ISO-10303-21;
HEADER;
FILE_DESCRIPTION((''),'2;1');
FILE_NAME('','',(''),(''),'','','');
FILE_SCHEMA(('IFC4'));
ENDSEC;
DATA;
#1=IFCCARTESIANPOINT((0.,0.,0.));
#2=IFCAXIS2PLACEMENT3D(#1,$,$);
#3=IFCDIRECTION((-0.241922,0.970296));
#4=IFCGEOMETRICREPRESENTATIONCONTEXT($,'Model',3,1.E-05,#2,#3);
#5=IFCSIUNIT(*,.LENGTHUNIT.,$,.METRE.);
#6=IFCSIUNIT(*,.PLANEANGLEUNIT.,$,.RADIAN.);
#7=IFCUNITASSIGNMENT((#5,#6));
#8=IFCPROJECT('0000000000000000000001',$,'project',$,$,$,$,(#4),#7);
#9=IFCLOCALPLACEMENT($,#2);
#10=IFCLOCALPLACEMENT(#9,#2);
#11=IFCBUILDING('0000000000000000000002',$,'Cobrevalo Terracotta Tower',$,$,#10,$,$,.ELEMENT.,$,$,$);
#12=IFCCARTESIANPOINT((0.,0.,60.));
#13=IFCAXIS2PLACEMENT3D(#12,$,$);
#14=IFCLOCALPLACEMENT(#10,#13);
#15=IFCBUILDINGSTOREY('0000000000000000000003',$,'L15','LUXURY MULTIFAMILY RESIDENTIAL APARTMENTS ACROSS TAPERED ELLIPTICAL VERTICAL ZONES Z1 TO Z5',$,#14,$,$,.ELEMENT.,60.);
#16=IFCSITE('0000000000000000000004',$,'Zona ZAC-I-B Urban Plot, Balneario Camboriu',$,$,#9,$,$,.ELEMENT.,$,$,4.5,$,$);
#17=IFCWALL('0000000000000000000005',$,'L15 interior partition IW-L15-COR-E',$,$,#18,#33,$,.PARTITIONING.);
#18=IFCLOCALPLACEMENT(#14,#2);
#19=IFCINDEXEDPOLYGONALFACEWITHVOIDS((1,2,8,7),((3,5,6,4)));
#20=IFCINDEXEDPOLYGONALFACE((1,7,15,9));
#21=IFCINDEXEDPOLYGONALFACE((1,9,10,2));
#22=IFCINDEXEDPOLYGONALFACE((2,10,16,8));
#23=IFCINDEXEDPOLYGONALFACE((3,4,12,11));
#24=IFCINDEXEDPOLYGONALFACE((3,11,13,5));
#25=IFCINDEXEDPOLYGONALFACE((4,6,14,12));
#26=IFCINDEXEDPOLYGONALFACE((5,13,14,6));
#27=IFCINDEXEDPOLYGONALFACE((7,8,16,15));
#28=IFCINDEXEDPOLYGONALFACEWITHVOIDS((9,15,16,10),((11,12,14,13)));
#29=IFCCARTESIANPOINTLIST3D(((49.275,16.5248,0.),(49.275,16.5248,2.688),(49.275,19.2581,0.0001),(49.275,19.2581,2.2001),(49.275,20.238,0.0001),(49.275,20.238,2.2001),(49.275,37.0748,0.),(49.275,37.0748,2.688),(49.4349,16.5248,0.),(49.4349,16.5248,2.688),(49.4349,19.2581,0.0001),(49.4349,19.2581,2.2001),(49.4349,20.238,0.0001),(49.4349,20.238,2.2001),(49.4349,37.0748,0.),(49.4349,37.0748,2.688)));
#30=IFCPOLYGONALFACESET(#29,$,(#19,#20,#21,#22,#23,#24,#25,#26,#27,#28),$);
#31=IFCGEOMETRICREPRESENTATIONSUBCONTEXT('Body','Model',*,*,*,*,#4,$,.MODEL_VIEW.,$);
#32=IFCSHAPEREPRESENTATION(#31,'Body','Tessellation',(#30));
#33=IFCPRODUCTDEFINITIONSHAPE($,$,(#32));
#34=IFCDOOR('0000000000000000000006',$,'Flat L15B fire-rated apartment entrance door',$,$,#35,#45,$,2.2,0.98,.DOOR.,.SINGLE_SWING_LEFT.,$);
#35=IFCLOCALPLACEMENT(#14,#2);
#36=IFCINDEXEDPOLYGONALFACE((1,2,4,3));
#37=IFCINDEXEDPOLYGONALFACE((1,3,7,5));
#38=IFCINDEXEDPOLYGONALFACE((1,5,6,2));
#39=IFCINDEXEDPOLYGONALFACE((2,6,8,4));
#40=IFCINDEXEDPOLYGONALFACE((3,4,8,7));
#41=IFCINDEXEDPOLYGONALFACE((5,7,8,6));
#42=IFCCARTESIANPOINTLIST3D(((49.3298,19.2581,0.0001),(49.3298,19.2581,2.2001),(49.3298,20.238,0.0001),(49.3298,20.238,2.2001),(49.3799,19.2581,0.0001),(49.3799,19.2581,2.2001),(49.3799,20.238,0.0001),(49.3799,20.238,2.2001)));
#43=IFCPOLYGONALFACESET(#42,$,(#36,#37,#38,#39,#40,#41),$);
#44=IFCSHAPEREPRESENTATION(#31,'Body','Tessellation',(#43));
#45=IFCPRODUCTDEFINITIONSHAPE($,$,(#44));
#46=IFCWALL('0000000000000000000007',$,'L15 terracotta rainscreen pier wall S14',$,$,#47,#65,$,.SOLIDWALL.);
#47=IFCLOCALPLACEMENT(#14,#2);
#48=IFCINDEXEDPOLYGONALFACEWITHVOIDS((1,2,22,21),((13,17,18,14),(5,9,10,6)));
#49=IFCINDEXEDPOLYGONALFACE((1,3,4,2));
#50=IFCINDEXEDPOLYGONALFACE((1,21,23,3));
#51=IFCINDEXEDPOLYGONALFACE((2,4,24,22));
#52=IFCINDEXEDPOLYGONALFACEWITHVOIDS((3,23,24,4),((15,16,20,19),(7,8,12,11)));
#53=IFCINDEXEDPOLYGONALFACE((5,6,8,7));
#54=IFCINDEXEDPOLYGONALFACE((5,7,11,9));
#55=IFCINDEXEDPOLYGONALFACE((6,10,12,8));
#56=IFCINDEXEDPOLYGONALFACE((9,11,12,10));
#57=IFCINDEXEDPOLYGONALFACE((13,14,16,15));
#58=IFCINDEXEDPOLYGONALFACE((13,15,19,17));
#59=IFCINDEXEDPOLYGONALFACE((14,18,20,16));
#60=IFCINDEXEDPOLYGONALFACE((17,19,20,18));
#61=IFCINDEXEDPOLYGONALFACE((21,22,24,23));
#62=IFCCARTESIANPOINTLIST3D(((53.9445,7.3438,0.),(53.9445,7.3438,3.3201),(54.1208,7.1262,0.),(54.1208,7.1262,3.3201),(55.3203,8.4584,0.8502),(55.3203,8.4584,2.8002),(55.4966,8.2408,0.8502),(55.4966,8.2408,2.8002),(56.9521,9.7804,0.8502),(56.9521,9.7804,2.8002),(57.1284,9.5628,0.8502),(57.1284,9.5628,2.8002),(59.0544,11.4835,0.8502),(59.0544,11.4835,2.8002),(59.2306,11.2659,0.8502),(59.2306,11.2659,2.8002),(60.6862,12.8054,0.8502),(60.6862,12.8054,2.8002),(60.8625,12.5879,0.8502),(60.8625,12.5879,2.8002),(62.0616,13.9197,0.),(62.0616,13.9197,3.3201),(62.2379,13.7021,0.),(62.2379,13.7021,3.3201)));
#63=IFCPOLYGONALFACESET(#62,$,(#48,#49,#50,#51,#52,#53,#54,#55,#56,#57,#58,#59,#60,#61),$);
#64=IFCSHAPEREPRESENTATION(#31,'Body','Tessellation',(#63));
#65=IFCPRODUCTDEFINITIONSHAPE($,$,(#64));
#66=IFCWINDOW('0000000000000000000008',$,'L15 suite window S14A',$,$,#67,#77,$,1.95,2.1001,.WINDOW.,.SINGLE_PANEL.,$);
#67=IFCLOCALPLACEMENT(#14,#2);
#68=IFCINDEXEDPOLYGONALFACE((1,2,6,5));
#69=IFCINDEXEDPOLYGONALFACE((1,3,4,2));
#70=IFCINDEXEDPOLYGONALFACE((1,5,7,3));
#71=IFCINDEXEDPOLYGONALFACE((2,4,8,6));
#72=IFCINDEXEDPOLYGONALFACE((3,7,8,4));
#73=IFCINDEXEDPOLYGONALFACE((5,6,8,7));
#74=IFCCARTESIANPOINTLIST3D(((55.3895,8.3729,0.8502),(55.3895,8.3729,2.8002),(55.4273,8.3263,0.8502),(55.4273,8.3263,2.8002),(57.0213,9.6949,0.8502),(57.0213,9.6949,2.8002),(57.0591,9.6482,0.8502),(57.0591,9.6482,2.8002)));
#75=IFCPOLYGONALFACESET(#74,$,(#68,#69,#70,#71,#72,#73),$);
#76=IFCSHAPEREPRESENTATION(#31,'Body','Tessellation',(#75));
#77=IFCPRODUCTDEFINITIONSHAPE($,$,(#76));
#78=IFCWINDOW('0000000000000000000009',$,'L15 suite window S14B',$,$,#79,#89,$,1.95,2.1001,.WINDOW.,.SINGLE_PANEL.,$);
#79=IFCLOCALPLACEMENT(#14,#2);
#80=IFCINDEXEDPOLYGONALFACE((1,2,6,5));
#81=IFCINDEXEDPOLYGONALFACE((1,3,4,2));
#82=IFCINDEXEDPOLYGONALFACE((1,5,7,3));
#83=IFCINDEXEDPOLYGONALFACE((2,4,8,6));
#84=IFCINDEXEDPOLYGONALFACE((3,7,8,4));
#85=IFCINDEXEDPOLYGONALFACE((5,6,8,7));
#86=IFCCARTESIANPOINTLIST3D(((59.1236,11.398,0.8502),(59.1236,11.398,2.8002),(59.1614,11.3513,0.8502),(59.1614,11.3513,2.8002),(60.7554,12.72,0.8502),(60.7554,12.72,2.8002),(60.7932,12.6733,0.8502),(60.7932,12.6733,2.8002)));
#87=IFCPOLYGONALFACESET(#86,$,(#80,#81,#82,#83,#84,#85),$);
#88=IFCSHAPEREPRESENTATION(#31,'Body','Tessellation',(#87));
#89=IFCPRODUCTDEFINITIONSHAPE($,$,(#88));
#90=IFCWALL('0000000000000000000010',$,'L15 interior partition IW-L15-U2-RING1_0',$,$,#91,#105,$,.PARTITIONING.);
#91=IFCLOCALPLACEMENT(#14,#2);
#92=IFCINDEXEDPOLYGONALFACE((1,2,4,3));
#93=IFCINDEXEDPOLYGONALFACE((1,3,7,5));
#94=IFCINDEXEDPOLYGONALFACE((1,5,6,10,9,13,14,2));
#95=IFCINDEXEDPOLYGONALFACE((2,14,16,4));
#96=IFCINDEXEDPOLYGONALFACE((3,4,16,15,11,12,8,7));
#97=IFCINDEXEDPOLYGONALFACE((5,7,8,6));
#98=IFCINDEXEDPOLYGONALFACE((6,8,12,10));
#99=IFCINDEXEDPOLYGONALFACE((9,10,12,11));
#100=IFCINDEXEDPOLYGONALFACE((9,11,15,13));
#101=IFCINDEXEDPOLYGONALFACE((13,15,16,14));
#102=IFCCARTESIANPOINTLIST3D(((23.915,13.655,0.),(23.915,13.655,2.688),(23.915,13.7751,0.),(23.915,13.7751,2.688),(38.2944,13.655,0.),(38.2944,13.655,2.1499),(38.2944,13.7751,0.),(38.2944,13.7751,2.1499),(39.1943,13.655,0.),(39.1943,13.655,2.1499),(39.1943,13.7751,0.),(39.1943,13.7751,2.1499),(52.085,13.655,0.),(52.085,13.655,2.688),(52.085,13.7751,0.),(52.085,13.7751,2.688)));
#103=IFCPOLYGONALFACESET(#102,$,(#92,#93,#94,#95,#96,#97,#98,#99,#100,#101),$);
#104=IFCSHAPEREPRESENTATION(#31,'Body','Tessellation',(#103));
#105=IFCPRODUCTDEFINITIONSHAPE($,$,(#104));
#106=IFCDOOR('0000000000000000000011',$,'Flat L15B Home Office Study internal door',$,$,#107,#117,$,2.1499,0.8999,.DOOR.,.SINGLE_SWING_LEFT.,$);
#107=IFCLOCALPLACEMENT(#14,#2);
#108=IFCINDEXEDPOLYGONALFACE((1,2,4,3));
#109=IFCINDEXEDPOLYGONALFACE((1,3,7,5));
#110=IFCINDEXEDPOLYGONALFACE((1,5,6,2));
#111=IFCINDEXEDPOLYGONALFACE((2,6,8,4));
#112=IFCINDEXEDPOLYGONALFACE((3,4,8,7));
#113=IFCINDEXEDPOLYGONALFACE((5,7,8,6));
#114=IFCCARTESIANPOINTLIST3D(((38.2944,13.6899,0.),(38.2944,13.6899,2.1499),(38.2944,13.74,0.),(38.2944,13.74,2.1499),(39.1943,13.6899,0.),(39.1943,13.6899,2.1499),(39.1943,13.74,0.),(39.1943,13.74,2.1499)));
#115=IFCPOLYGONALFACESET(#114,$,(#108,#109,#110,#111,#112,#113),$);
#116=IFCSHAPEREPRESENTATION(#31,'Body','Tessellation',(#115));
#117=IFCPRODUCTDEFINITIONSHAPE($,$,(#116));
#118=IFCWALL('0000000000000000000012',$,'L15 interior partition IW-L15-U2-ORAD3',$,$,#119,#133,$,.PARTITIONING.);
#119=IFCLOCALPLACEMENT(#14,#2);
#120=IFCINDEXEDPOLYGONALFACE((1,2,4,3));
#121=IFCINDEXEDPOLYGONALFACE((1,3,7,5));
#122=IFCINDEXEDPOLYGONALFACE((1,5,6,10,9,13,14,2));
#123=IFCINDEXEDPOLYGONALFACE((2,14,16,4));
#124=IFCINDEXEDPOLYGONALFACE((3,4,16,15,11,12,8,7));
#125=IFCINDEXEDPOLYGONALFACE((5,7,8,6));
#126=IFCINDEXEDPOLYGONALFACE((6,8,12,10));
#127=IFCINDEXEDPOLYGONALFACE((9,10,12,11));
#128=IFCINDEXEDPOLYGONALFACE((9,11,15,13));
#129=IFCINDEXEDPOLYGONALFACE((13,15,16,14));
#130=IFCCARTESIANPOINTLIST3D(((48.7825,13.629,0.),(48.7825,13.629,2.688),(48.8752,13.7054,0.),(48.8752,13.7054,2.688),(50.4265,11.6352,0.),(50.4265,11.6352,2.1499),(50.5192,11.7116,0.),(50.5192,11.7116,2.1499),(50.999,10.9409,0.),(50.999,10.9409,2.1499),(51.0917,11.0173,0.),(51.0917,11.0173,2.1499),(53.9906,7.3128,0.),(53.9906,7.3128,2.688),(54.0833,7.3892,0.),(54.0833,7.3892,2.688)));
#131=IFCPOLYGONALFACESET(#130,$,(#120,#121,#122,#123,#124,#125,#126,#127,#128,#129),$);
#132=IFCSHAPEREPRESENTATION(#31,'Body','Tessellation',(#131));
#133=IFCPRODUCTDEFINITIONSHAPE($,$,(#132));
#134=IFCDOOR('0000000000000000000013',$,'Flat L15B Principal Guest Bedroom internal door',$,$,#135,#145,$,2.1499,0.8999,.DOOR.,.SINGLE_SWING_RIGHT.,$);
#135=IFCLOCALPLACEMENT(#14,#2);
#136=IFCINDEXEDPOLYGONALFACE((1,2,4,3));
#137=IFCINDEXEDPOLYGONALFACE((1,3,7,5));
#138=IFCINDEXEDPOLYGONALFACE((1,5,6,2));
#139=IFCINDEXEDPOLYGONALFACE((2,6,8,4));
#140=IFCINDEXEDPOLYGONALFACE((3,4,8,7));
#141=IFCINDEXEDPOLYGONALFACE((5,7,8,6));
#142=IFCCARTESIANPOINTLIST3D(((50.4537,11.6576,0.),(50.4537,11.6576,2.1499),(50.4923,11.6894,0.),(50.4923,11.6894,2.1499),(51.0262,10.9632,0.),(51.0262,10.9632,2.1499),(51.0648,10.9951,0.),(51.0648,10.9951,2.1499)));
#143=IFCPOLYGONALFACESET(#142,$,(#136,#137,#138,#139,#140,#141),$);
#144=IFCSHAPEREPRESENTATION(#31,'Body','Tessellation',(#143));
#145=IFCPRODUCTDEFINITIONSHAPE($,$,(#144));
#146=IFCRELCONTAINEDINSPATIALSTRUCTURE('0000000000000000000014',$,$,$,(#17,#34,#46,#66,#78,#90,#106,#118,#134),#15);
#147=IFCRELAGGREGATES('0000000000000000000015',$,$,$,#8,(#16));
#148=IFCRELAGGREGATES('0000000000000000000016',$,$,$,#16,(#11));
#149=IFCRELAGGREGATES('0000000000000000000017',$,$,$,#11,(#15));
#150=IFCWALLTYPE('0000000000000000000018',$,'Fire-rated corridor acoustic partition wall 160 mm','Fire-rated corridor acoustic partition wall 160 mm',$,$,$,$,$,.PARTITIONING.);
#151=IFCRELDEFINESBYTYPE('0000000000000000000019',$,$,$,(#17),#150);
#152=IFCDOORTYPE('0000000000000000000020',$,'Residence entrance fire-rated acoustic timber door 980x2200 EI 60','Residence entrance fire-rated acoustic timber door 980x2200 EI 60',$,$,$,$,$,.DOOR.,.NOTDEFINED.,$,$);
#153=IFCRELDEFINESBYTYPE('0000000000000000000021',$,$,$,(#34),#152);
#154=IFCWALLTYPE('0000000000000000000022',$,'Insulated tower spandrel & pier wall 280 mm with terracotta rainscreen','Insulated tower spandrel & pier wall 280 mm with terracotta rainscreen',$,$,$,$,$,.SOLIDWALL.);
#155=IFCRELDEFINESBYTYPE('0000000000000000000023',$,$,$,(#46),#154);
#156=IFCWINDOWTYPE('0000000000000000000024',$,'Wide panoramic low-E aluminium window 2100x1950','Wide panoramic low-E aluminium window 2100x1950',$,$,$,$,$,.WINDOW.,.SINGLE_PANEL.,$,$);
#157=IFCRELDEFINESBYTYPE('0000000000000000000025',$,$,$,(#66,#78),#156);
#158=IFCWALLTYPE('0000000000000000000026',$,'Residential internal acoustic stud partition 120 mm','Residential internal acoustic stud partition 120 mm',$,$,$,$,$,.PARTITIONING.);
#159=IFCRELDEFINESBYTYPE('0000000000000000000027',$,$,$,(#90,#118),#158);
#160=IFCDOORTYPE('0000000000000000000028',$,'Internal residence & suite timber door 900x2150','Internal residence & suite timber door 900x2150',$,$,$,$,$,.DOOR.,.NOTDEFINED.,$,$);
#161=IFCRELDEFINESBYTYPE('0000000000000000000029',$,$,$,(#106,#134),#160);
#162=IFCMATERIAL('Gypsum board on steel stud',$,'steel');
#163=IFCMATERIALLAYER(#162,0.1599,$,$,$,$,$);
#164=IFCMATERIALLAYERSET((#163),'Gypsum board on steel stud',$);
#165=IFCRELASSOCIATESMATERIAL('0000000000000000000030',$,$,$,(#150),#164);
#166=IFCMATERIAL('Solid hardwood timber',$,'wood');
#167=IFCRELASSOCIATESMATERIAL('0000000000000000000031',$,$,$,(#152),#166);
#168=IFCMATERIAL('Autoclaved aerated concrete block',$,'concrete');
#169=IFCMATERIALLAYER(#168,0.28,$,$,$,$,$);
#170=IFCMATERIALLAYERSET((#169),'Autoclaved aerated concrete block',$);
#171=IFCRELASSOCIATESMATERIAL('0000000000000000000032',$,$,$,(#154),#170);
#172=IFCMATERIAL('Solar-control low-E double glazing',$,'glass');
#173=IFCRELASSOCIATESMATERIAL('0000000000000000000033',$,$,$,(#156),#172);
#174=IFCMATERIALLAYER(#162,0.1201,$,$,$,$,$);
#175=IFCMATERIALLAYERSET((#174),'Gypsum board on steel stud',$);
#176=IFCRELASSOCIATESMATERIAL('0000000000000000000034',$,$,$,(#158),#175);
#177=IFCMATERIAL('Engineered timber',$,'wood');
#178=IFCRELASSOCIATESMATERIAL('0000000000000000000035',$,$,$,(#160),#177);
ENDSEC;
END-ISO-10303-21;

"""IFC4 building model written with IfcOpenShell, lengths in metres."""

from ifc_helpers import new_model, si_unit, direction, frame, frame_2d, origin, place, context, subcontext, project, spatial, rectangle, extrude, source, transform, mapped, material, layer, layer_set, type_object, element, fill, save


model = new_model("IFC4")

# Units and contexts
model_context = context("Model", 3, precision=1e-05, world=origin(), true_north=direction((-0.241922, 0.970296)))
body_context = subcontext(model_context, "Body", "Model", "MODEL_VIEW")
ifc_project = project(units=[si_unit("LENGTHUNIT", "METRE"), si_unit("PLANEANGLEUNIT", "RADIAN")], contexts=[model_context])

# Site, building, storey
site_placement = place(None, origin())
site = spatial("IfcSite", under=ifc_project, at=site_placement, Name="Zona ZAC-I-B Urban Plot, Balneario Camboriu", CompositionType="ELEMENT", RefElevation=4.5)
building_placement = place(site_placement, origin())
building = spatial("IfcBuilding", under=site, at=building_placement, Name="Cobrevalo Terracotta Tower", CompositionType="ELEMENT")
storey_placement = place(building_placement, frame((0.0, 0.0, 60.0)))
storey = spatial("IfcBuildingStorey", under=building, at=storey_placement, Name="L15", Description="LUXURY MULTIFAMILY RESIDENTIAL APARTMENTS ACROSS TAPERED ELLIPTICAL VERTICAL ZONES Z1 TO Z5", CompositionType="ELEMENT", Elevation=60.0)

# Shared definitions
ifc_material_1 = material(Name="Solar-control low-E double glazing", Category="glass")

# Wall, opening, door
ifc_material_2 = material(Name="Gypsum board on steel stud", Category="steel")
ifc_layer_1 = layer(ifc_material_2, 0.1599)
ifc_layer_set_1 = layer_set([ifc_layer_1], Name="Gypsum board on steel stud")
wall_type_1 = type_object("IfcWallType", Name="Fire-rated corridor acoustic partition wall 160 mm", Description="Fire-rated corridor acoustic partition wall 160 mm", PredefinedType="PARTITIONING", material=ifc_layer_set_1)
wall_1_placement = place(storey_placement, frame((49.355, 16.5249, 0.0), z_axis=(0.0, 0.0, 1.0), x_axis=(0.0, 1.0, 0.0)))
wall_1 = element("IfcWall", 1, at=wall_1_placement, inside=storey, type_object=wall_type_1, Name="L15 interior partition IW-L15-COR-E", PredefinedType="PARTITIONING", context=body_context, shape_type="SweptSolid", body=[
    extrude(rectangle(XDim=20.55, YDim=0.1599, at=frame_2d((10.2749, 0.0))), origin(), (0.0, 0.0, 1.0), 2.688),
])
opening_1_placement = place(wall_1_placement, frame((2.7332, 0.0, 0.0)))
opening_1 = element("IfcOpeningElement", 2, at=opening_1_placement, cuts=wall_1, PredefinedType="OPENING", context=body_context, shape_type="SweptSolid", body=[
    extrude(rectangle(XDim=0.98, YDim=2.2, at=frame_2d((0.49, 1.1001))), frame((0.0, 0.0898, 0.0), z_axis=(0.0, -1.0, 0.0), x_axis=(1.0, 0.0, 0.0)), (0.0, 0.0, 1.0), 0.1799),
])
ifc_material_3 = material(Name="Solid hardwood timber", Category="wood")
door_type_1 = type_object("IfcDoorType", Name="Residence entrance fire-rated acoustic timber door 980x2200 EI 60", Description="Residence entrance fire-rated acoustic timber door 980x2200 EI 60", OperationType="NOTDEFINED", PredefinedType="DOOR", material=ifc_material_3)
shared_shape_1 = source(origin(), body_context, "Body", "SweptSolid", [
    extrude(rectangle(XDim=0.98, YDim=2.2, at=frame_2d((0.49, 1.1001))), frame((0.0, 0.0249, 0.0), z_axis=(0.0, -1.0, 0.0), x_axis=(1.0, 0.0, 0.0)), (0.0, 0.0, 1.0), 0.05),
])
door_1_placement = place(opening_1_placement, frame((0.98, 0.0, 0.0), z_axis=(0.0, 0.0, 1.0), x_axis=(-1.0, 0.0, 0.0)))
door_1 = element("IfcDoor", 3, at=door_1_placement, inside=storey, type_object=door_type_1, Name="Flat L15B fire-rated apartment entrance door", OperationType="SINGLE_SWING_LEFT", OverallHeight=2.2, OverallWidth=0.98, PredefinedType="DOOR", context=body_context, shape_type="MappedRepresentation", body=[
    mapped(shared_shape_1, transform((0.0, 0.0, 0.0), scale=1.0)),
])
fill(opening_1, door_1)

# Wall, openings, windows
ifc_material_4 = material(Name="Autoclaved aerated concrete block", Category="concrete")
ifc_layer_2 = layer(ifc_material_4, 0.28)
ifc_layer_set_2 = layer_set([ifc_layer_2], Name="Autoclaved aerated concrete block")
wall_type_2 = type_object("IfcWallType", Name="Insulated tower spandrel & pier wall 280 mm with terracotta rainscreen", Description="Insulated tower spandrel & pier wall 280 mm with terracotta rainscreen", PredefinedType="SOLIDWALL", material=ifc_layer_set_2)
wall_2_placement = place(storey_placement, frame((54.0327, 7.2351, 0.0), z_axis=(0.0, 0.0, 1.0), x_axis=(0.777017, 0.62948, 0.0)))
wall_2 = element("IfcWall", 4, at=wall_2_placement, inside=storey, type_object=wall_type_2, Name="L15 terracotta rainscreen pier wall S14", PredefinedType="SOLIDWALL", context=body_context, shape_type="SweptSolid", body=[
    extrude(rectangle(XDim=10.4465, YDim=0.28, at=frame_2d((5.2231, 0.0))), origin(), (0.0, 0.0, 1.0), 3.3201),
])
opening_2_placement = place(wall_2_placement, frame((1.7705, 0.0, 0.8501)))
opening_2 = element("IfcOpeningElement", 5, at=opening_2_placement, cuts=wall_2, PredefinedType="OPENING", context=body_context, shape_type="SweptSolid", body=[
    extrude(rectangle(XDim=2.1001, YDim=1.95, at=frame_2d((1.05, 0.9751))), frame((0.0, 0.1499, 0.0), z_axis=(0.0, -1.0, 0.0), x_axis=(1.0, 0.0, 0.0)), (0.0, 0.0, 1.0), 0.3),
])
opening_3_placement = place(wall_2_placement, frame((6.5762, 0.0, 0.8501)))
opening_3 = element("IfcOpeningElement", 6, at=opening_3_placement, cuts=wall_2, PredefinedType="OPENING", context=body_context, shape_type="SweptSolid", body=[
    extrude(rectangle(XDim=2.1001, YDim=1.95, at=frame_2d((1.05, 0.9751))), frame((0.0, 0.1499, 0.0), z_axis=(0.0, -1.0, 0.0), x_axis=(1.0, 0.0, 0.0)), (0.0, 0.0, 1.0), 0.3),
])
window_type = type_object("IfcWindowType", Name="Wide panoramic low-E aluminium window 2100x1950", Description="Wide panoramic low-E aluminium window 2100x1950", PartitioningType="SINGLE_PANEL", PredefinedType="WINDOW", material=ifc_material_1)
shared_shape_2 = source(origin(), body_context, "Body", "SweptSolid", [
    extrude(rectangle(XDim=2.1001, YDim=1.95, at=frame_2d((1.05, 0.9751))), frame((0.0, 0.03, 0.0), z_axis=(0.0, -1.0, 0.0), x_axis=(1.0, 0.0, 0.0)), (0.0, 0.0, 1.0), 0.0601),
])
window_1_placement = place(opening_2_placement, origin())
window_1 = element("IfcWindow", 7, at=window_1_placement, inside=storey, type_object=window_type, Name="L15 suite window S14A", OverallHeight=1.95, OverallWidth=2.1001, PartitioningType="SINGLE_PANEL", PredefinedType="WINDOW", context=body_context, shape_type="MappedRepresentation", body=[
    mapped(shared_shape_2, transform((0.0, 0.0, 0.0), scale=1.0)),
])
fill(opening_2, window_1)
window_2_placement = place(opening_3_placement, origin())
window_2 = element("IfcWindow", 8, at=window_2_placement, inside=storey, type_object=window_type, Name="L15 suite window S14B", OverallHeight=1.95, OverallWidth=2.1001, PartitioningType="SINGLE_PANEL", PredefinedType="WINDOW", context=body_context, shape_type="MappedRepresentation", body=[
    mapped(shared_shape_2, transform((0.0, 0.0, 0.0), scale=1.0)),
])
fill(opening_3, window_2)

# Walls, openings, doors
ifc_layer_3 = layer(ifc_material_2, 0.1201)
ifc_layer_set_3 = layer_set([ifc_layer_3], Name="Gypsum board on steel stud")
wall_type_3 = type_object("IfcWallType", Name="Residential internal acoustic stud partition 120 mm", Description="Residential internal acoustic stud partition 120 mm", PredefinedType="PARTITIONING", material=ifc_layer_set_3)
wall_3_placement = place(storey_placement, frame((52.085, 13.7151, 0.0), z_axis=(0.0, 0.0, 1.0), x_axis=(-1.0, 0.0, 0.0)))
wall_3 = element("IfcWall", 9, at=wall_3_placement, inside=storey, type_object=wall_type_3, Name="L15 interior partition IW-L15-U2-RING1_0", PredefinedType="PARTITIONING", context=body_context, shape_type="SweptSolid", body=[
    extrude(rectangle(XDim=28.1699, YDim=0.1201, at=frame_2d((14.085, 0.0))), origin(), (0.0, 0.0, 1.0), 2.688),
])
opening_4_placement = place(wall_3_placement, frame((12.8906, 0.0, 0.0)))
opening_4 = element("IfcOpeningElement", 10, at=opening_4_placement, cuts=wall_3, PredefinedType="OPENING", context=body_context, shape_type="SweptSolid", body=[
    extrude(rectangle(XDim=0.8999, YDim=2.1499, at=frame_2d((0.45, 1.075))), frame((0.0, 0.0701, 0.0), z_axis=(0.0, -1.0, 0.0), x_axis=(1.0, 0.0, 0.0)), (0.0, 0.0, 1.0), 0.1401),
])
ifc_material_5 = material(Name="Engineered timber", Category="wood")
door_type_2 = type_object("IfcDoorType", Name="Internal residence & suite timber door 900x2150", Description="Internal residence & suite timber door 900x2150", OperationType="NOTDEFINED", PredefinedType="DOOR", material=ifc_material_5)
shared_shape_3 = source(origin(), body_context, "Body", "SweptSolid", [
    extrude(rectangle(XDim=0.8999, YDim=2.1499, at=frame_2d((0.45, 1.075))), frame((0.0, 0.0249, 0.0), z_axis=(0.0, -1.0, 0.0), x_axis=(1.0, 0.0, 0.0)), (0.0, 0.0, 1.0), 0.05),
])
door_2_placement = place(opening_4_placement, frame((0.8999, 0.0, 0.0), z_axis=(0.0, 0.0, 1.0), x_axis=(-1.0, 0.0, 0.0)))
door_2 = element("IfcDoor", 11, at=door_2_placement, inside=storey, type_object=door_type_2, Name="Flat L15B Home Office Study internal door", OperationType="SINGLE_SWING_LEFT", OverallHeight=2.1499, OverallWidth=0.8999, PredefinedType="DOOR", context=body_context, shape_type="MappedRepresentation", body=[
    mapped(shared_shape_3, transform((0.0, 0.0, 0.0), scale=1.0)),
])
fill(opening_4, door_2)
wall_4_placement = place(storey_placement, frame((48.8289, 13.6672, 0.0), z_axis=(0.0, 0.0, 1.0), x_axis=(0.636178, -0.771543, 0.0)))
wall_4 = element("IfcWall", 12, at=wall_4_placement, inside=storey, type_object=wall_type_3, Name="L15 interior partition IW-L15-U2-ORAD3", PredefinedType="PARTITIONING", context=body_context, shape_type="SweptSolid", body=[
    extrude(rectangle(XDim=8.1865, YDim=0.1201, at=frame_2d((4.0933, 0.0))), origin(), (0.0, 0.0, 1.0), 2.688),
])
opening_5_placement = place(wall_4_placement, frame((2.5842, 0.0, 0.0)))
opening_5 = element("IfcOpeningElement", 13, at=opening_5_placement, cuts=wall_4, PredefinedType="OPENING", context=body_context, shape_type="SweptSolid", body=[
    extrude(rectangle(XDim=0.8999, YDim=2.1499, at=frame_2d((0.45, 1.075))), frame((0.0, 0.0701, 0.0), z_axis=(0.0, -1.0, 0.0), x_axis=(1.0, 0.0, 0.0)), (0.0, 0.0, 1.0), 0.1401),
])
door_3_placement = place(opening_5_placement, frame((0.8999, 0.0, 0.0), z_axis=(0.0, 0.0, 1.0), x_axis=(-1.0, 0.0, 0.0)))
door_3 = element("IfcDoor", 14, at=door_3_placement, inside=storey, type_object=door_type_2, Name="Flat L15B Principal Guest Bedroom internal door", OperationType="SINGLE_SWING_RIGHT", OverallHeight=2.1499, OverallWidth=0.8999, PredefinedType="DOOR", context=body_context, shape_type="MappedRepresentation", body=[
    mapped(shared_shape_3, transform((0.0, 0.0, 0.0), scale=1.0)),
])
fill(opening_5, door_3)

save(model, "model.ifc")
